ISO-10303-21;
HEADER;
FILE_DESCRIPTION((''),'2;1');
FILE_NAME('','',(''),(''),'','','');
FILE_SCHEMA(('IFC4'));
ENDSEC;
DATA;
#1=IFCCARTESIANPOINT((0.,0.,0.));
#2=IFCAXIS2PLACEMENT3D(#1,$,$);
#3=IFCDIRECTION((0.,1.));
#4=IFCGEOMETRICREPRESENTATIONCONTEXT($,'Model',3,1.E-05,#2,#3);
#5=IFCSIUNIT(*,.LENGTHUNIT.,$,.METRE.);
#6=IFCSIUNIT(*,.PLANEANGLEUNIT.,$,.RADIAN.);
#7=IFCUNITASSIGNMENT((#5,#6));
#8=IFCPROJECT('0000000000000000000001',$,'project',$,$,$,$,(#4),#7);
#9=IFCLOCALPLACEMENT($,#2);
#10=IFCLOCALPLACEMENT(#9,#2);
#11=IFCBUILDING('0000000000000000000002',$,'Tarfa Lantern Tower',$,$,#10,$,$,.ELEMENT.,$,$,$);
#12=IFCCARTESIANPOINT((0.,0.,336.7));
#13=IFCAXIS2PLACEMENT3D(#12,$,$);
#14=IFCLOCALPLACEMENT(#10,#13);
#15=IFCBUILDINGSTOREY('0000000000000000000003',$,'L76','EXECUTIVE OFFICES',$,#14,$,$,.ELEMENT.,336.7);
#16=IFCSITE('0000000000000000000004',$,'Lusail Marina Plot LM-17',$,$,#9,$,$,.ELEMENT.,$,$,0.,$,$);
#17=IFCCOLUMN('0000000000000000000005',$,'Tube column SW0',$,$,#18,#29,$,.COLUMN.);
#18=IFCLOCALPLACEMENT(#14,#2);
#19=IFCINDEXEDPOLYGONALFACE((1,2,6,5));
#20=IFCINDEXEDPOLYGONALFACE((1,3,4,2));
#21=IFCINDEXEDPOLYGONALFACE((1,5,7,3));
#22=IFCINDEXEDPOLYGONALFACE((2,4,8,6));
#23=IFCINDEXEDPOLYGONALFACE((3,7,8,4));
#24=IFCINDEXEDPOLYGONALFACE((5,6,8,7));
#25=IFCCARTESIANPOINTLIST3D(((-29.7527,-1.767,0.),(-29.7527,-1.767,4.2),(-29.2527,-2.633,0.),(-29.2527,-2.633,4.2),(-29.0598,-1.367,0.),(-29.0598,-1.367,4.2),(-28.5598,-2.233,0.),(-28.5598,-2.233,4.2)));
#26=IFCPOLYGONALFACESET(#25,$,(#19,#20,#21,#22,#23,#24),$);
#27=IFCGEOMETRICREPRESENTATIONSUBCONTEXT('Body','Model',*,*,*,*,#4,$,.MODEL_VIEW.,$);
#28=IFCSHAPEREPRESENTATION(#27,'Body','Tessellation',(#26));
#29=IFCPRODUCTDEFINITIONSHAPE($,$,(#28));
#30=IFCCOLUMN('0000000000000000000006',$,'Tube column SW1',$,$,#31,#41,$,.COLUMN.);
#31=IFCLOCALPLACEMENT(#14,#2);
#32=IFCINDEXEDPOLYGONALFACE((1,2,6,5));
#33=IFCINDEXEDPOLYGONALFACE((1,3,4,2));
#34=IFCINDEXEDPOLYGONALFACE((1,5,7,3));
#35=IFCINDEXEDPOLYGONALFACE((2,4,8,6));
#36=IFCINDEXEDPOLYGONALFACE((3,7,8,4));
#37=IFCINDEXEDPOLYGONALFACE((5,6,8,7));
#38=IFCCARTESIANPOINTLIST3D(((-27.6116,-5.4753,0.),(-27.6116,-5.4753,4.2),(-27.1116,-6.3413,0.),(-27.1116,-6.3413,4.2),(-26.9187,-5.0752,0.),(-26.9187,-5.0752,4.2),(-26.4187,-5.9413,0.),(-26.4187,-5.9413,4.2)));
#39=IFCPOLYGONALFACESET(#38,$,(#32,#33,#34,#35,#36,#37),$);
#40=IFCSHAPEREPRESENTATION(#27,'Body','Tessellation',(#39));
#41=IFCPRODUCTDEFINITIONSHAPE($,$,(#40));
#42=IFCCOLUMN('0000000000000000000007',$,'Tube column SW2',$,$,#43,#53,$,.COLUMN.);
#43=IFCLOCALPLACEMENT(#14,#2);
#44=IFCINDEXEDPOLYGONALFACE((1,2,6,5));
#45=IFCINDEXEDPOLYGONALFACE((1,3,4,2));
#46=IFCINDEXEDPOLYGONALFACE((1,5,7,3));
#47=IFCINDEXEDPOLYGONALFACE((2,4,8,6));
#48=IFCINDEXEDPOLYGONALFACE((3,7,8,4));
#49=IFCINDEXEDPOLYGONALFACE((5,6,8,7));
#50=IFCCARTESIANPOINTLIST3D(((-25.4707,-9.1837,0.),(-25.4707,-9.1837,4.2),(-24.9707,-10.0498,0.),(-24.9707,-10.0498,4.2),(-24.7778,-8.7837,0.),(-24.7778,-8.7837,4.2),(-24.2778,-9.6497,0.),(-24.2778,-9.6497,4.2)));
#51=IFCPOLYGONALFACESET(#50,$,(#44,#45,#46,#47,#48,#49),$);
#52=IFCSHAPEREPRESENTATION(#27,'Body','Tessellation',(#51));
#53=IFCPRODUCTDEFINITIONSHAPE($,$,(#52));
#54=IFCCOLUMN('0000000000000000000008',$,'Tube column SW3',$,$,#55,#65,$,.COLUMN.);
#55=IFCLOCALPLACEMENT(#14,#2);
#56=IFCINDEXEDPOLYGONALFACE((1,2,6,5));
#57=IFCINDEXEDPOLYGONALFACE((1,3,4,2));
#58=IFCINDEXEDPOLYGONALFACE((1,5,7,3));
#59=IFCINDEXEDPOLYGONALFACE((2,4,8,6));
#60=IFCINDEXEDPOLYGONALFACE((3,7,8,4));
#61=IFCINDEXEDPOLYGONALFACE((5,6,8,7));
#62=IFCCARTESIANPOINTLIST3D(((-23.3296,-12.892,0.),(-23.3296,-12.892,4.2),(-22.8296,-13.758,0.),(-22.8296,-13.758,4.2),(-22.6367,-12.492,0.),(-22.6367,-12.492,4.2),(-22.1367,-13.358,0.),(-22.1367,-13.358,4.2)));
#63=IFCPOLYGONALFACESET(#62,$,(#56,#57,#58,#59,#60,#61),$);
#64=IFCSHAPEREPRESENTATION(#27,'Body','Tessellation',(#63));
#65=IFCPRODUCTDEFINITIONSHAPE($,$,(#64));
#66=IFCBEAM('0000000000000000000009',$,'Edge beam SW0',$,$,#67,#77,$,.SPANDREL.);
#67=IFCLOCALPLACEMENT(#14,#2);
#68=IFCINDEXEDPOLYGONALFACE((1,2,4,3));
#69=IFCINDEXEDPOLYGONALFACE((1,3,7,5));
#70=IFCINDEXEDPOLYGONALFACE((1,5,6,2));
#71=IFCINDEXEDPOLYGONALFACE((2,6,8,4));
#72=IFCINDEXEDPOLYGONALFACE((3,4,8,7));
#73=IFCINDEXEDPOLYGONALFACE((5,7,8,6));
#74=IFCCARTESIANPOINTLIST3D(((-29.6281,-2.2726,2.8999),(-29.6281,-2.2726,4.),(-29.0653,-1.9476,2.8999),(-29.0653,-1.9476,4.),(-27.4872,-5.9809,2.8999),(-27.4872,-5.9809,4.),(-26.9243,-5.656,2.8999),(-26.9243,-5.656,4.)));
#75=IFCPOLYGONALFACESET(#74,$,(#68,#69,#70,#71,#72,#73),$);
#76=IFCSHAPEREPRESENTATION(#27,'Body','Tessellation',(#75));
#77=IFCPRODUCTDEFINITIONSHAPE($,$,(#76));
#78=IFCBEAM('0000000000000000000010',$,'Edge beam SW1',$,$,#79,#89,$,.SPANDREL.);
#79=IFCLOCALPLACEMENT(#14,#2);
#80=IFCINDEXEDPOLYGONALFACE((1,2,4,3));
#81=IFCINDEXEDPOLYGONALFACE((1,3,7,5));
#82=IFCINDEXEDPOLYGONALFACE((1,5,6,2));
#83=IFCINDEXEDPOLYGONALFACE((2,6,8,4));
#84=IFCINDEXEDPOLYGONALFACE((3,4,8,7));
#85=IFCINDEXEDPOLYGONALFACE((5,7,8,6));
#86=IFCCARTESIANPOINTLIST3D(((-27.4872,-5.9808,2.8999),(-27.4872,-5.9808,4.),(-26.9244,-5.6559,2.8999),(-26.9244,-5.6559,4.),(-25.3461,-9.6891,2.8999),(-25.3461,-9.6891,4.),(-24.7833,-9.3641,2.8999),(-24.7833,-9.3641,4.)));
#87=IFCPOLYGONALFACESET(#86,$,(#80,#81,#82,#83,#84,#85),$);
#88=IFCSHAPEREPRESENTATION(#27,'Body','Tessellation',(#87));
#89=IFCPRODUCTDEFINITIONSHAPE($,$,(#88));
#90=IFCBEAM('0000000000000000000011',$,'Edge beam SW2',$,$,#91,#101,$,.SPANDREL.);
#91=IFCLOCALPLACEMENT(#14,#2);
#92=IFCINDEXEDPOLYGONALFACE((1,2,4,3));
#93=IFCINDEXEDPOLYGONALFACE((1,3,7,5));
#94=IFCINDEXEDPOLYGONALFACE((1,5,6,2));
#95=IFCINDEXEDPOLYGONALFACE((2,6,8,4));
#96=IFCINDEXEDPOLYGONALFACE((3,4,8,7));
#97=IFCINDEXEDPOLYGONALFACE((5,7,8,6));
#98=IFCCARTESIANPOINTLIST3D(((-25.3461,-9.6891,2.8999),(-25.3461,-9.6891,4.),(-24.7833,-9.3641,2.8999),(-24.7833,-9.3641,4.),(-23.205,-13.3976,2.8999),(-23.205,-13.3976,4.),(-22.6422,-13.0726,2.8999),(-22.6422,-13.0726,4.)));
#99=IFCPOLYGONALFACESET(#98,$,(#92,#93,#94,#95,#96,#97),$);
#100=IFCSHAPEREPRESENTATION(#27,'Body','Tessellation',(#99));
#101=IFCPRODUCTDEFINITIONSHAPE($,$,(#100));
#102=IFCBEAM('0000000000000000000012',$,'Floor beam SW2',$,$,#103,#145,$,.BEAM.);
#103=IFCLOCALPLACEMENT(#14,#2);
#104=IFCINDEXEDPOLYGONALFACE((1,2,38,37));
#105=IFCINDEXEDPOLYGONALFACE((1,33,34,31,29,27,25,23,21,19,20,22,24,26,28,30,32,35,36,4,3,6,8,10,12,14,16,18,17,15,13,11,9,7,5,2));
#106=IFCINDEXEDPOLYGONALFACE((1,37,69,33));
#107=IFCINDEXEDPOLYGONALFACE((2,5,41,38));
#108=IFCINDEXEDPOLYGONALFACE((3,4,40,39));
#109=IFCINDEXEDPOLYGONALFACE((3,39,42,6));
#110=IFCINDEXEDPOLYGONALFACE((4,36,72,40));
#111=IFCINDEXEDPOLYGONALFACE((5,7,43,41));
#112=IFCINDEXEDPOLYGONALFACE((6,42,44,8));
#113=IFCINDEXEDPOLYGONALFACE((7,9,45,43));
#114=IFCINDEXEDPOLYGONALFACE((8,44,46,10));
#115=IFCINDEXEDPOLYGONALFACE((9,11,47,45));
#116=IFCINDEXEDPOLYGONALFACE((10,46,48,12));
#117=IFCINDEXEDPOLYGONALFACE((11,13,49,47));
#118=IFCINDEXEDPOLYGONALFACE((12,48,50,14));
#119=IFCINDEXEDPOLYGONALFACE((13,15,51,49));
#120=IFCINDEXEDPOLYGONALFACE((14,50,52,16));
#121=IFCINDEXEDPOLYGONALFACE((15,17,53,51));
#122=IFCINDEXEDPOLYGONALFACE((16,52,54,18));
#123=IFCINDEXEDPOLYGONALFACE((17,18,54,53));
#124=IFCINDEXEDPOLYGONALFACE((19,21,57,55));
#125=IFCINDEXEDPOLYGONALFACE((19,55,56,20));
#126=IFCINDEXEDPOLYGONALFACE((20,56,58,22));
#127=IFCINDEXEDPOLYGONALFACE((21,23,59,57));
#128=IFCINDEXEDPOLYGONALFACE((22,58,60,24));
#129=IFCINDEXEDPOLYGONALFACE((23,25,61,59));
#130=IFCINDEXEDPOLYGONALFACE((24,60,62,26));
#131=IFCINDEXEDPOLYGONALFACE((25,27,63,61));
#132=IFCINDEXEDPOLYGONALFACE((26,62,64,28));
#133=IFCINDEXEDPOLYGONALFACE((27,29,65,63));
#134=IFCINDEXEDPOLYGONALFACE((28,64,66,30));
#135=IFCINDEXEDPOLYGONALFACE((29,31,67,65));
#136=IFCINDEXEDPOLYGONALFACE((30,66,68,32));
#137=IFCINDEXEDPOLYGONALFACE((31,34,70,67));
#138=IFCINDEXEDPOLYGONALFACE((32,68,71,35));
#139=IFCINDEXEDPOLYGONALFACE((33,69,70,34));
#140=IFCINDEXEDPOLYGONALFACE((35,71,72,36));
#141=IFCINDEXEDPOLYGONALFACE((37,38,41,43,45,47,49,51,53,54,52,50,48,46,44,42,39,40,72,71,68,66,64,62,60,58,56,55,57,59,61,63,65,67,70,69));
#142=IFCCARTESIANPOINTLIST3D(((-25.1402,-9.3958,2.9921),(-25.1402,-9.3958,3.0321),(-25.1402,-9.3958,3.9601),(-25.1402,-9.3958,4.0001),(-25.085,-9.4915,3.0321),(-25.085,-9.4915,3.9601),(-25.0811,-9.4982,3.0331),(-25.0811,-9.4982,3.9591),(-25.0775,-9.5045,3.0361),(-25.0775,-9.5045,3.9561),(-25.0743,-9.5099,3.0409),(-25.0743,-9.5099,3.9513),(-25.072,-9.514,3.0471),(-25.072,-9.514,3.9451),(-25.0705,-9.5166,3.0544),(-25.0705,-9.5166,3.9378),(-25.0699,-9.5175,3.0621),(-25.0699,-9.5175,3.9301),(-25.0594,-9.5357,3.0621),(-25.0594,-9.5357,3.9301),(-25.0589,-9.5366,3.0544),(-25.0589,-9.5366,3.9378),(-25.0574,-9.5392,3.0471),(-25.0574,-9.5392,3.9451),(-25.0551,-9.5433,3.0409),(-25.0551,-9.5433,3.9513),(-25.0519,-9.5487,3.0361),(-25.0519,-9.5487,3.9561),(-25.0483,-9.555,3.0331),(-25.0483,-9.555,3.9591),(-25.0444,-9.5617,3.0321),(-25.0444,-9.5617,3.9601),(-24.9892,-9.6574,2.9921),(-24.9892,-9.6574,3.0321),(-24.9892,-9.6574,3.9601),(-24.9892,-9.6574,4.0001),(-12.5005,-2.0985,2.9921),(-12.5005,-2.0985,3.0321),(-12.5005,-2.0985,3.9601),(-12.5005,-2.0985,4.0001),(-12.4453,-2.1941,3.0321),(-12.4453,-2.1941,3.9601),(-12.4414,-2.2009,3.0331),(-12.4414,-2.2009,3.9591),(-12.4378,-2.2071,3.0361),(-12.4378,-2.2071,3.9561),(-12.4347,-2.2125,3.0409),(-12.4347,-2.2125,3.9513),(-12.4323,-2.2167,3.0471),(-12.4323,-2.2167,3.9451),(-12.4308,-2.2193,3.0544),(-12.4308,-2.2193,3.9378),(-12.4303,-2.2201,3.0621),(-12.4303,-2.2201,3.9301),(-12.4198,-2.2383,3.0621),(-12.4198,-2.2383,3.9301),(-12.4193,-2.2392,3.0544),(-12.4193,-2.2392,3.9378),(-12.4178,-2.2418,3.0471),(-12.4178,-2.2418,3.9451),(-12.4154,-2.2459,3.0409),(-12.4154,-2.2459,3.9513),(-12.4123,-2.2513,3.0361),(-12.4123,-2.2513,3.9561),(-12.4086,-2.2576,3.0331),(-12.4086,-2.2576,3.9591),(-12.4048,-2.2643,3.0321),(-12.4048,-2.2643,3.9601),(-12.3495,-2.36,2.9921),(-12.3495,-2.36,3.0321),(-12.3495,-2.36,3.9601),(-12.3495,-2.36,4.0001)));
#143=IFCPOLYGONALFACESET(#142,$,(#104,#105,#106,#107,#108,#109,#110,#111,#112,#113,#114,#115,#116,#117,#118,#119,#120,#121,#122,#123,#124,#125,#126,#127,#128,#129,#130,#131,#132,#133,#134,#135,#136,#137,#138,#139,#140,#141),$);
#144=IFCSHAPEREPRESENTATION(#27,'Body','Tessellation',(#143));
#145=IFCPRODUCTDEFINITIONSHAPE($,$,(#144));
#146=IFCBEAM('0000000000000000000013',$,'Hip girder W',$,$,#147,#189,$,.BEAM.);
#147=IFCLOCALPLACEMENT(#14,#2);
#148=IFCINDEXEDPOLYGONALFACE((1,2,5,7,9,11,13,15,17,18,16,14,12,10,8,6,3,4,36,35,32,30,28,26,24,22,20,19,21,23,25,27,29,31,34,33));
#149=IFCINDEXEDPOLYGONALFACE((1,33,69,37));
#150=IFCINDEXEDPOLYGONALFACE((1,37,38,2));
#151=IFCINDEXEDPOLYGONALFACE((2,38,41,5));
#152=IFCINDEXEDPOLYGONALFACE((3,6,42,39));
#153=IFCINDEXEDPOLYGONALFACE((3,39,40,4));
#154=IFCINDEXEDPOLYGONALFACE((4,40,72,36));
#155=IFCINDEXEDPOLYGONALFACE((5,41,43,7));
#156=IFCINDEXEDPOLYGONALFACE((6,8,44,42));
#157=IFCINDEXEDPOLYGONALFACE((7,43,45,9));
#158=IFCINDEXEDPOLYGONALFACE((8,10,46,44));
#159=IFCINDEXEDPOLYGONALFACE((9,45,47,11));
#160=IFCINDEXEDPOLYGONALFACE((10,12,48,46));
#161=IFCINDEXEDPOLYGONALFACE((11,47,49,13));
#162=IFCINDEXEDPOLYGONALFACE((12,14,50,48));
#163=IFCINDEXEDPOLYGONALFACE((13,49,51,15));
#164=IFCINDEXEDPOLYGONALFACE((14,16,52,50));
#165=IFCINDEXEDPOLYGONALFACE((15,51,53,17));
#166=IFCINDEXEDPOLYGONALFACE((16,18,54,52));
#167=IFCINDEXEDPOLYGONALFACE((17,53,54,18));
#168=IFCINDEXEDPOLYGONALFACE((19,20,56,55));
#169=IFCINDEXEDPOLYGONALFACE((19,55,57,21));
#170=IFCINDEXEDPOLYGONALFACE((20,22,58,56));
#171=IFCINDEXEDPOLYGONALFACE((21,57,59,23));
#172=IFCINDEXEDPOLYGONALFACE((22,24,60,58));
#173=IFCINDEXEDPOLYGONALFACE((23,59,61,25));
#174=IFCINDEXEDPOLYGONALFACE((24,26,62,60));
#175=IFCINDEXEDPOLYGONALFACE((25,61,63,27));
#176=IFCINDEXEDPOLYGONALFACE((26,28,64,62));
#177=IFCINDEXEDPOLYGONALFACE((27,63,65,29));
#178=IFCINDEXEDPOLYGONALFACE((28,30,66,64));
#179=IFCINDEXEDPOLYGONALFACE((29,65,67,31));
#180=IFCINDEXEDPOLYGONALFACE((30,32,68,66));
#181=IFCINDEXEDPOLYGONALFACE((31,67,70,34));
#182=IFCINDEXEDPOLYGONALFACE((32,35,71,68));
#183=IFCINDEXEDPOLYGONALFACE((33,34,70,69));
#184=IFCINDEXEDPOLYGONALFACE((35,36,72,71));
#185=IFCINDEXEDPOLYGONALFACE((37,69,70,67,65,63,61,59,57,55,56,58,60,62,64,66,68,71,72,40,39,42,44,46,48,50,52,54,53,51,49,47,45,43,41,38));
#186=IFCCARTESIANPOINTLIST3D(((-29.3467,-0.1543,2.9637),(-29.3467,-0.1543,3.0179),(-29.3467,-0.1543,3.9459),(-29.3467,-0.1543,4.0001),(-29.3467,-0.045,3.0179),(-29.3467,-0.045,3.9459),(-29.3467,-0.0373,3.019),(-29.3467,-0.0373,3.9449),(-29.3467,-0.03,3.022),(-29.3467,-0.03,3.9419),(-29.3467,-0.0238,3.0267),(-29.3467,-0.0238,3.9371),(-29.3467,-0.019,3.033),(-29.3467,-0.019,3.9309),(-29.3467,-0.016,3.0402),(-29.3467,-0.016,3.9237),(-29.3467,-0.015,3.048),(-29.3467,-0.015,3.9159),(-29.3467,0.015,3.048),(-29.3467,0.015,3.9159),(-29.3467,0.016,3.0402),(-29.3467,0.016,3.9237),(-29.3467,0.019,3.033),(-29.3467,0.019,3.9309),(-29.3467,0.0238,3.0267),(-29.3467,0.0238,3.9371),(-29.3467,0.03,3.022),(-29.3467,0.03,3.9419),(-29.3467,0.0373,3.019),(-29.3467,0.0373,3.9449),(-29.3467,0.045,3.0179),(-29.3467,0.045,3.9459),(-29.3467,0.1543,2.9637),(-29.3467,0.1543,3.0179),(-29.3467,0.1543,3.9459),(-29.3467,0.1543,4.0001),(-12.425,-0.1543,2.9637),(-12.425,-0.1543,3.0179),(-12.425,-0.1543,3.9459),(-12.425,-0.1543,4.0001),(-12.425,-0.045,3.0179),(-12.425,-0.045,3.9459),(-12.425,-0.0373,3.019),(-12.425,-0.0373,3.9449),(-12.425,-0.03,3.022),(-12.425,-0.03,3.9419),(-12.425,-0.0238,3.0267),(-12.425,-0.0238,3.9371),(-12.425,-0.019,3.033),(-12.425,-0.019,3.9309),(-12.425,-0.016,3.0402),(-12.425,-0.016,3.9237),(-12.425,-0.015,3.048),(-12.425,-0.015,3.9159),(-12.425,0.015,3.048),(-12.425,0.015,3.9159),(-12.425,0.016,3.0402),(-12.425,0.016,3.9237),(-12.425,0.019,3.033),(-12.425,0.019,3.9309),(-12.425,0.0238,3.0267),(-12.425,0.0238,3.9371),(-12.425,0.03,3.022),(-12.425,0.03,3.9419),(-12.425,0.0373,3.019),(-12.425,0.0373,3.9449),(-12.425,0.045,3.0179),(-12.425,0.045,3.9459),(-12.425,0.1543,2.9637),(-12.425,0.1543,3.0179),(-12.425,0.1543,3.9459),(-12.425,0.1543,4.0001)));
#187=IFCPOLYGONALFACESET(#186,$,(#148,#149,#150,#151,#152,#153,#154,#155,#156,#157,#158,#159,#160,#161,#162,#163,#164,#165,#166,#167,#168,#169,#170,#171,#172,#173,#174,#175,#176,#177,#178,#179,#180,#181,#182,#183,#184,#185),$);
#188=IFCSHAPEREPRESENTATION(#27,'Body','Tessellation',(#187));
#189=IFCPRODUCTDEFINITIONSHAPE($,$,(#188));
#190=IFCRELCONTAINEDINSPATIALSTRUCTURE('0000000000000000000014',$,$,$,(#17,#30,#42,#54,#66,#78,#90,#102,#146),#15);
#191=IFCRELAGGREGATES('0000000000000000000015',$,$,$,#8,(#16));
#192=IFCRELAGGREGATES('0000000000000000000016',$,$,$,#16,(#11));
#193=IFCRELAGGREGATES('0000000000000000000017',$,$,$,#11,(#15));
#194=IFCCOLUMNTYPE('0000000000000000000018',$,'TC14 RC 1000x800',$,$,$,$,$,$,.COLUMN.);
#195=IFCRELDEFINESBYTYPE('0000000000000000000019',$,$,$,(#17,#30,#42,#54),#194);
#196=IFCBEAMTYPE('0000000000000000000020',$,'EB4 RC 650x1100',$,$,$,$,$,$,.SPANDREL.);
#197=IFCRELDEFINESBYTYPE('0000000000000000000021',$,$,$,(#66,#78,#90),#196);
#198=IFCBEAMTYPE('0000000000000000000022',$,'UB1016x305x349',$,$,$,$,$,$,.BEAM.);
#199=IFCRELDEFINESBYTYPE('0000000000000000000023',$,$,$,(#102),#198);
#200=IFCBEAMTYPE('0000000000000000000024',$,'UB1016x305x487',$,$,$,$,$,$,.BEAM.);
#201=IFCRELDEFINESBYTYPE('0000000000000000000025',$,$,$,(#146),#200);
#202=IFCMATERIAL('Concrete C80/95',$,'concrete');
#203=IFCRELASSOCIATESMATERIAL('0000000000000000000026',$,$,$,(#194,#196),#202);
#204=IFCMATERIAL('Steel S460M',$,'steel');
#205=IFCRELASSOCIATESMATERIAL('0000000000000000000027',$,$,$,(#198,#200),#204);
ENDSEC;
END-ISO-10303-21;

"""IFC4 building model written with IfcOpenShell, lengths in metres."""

from ifc_helpers import new_model, si_unit, direction, frame, origin, origin_2d, place, context, subcontext, project, spatial, rectangle, i_section, extrude, material, material_profile, profile_set, type_object, element, save


model = new_model("IFC4")

# Units and contexts
model_context = context("Model", 3, precision=1e-05, world=origin(), true_north=direction((0.0, 1.0)))
body_context = subcontext(model_context, "Body", "Model", "MODEL_VIEW")
ifc_project = project(units=[si_unit("LENGTHUNIT", "METRE"), si_unit("PLANEANGLEUNIT", "RADIAN")], contexts=[model_context])

# Site, building, storey
site_placement = place(None, origin())
site = spatial("IfcSite", under=ifc_project, at=site_placement, Name="Lusail Marina Plot LM-17", CompositionType="ELEMENT", RefElevation=0.0)
building_placement = place(site_placement, origin())
building = spatial("IfcBuilding", under=site, at=building_placement, Name="Tarfa Lantern Tower", CompositionType="ELEMENT")
storey_placement = place(building_placement, frame((0.0, 0.0, 336.7)))
storey = spatial("IfcBuildingStorey", under=building, at=storey_placement, Name="L76", Description="EXECUTIVE OFFICES", CompositionType="ELEMENT", Elevation=336.7)

# Columns
ifc_material_1 = material(Name="Concrete C80/95", Category="concrete")
ifc_material_profile_1 = material_profile(ifc_material_1, rectangle(XDim=1.0, YDim=0.8, at=origin_2d()), Name="RC 1000x800")
ifc_profile_set_1 = profile_set([ifc_material_profile_1], Name="Concrete C80/95")
column_type = type_object("IfcColumnType", Name="TC14 RC 1000x800", PredefinedType="COLUMN", material=ifc_profile_set_1)
for number, where, z_axis, x_axis, name in (
    (1, (-29.1562, -2.0, 0.0), (0.0, 0.0, 1.0), (0.5, -0.866025, 0.0), "Tube column SW0"),
    (2, (-27.0151, -5.7083, 0.0), (0.0, 0.0, 1.0), (0.5, -0.866025, 0.0), "Tube column SW1"),
    (3, (-24.8743, -9.4167, 0.0), (0.0, 0.0, 1.0), (0.5, -0.866025, 0.0), "Tube column SW2"),
    (4, (-22.7332, -13.125, 0.0), (0.0, 0.0, 1.0), (0.5, -0.866025, 0.0), "Tube column SW3"),
):
    element("IfcColumn", number, at=place(storey_placement, frame(where, z_axis=z_axis, x_axis=x_axis)), inside=storey, type_object=column_type, Name=name, PredefinedType="COLUMN", context=body_context, shape_type="SweptSolid", body=[
        extrude(rectangle(XDim=1.0, YDim=0.8, at=origin_2d()), origin(), (0.0, 0.0, 1.0), 4.2),
    ])

# Beams
ifc_material_profile_2 = material_profile(ifc_material_1, rectangle(XDim=0.6499, YDim=1.1001, at=origin_2d()), Name="RC 650x1100")
ifc_profile_set_2 = profile_set([ifc_material_profile_2], Name="Concrete C80/95")
beam_type_1 = type_object("IfcBeamType", Name="EB4 RC 650x1100", PredefinedType="SPANDREL", material=ifc_profile_set_2)
for number, where, z_axis, x_axis, name in (
    (5, (-29.3467, -2.1101, 3.45), (0.499984, -0.866035, 0.0), (0.866035, 0.499984, 0.0), "Edge beam SW0"),
    (6, (-27.2058, -5.8184, 3.45), (0.500027, -0.86601, 0.0), (0.86601, 0.500027, 0.0), "Edge beam SW1"),
):
    element("IfcBeam", number, at=place(storey_placement, frame(where, z_axis=z_axis, x_axis=x_axis)), inside=storey, type_object=beam_type_1, Name=name, PredefinedType="SPANDREL", context=body_context, shape_type="SweptSolid", body=[
        extrude(rectangle(XDim=0.6499, YDim=1.1001, at=origin_2d()), origin(), (0.0, 0.0, 1.0), 4.282),
    ])
beam_1_placement = place(storey_placement, frame((-25.0647, -9.5266, 3.45), z_axis=(0.500002, -0.866024, 0.0), x_axis=(0.866024, 0.500002, 0.0)))
element("IfcBeam", 7, at=beam_1_placement, inside=storey, type_object=beam_type_1, Name="Edge beam SW2", PredefinedType="SPANDREL", context=body_context, shape_type="SweptSolid", body=[
    extrude(rectangle(XDim=0.6499, YDim=1.1001, at=origin_2d()), origin(), (0.0, 0.0, 1.0), 4.2822),
])
ifc_material_2 = material(Name="Steel S460M", Category="steel")
ifc_material_profile_3 = material_profile(ifc_material_2, i_section(OverallWidth=0.302, OverallDepth=1.0081, WebThickness=0.021, FlangeThickness=0.04, FilletRadius=0.03, at=origin_2d()), Name="UB1016x305x349")
ifc_profile_set_3 = profile_set([ifc_material_profile_3], Name="Steel S460M")
beam_type_2 = type_object("IfcBeamType", Name="UB1016x305x349", PredefinedType="BEAM", material=ifc_profile_set_3)
beam_2_placement = place(storey_placement, frame((-25.0647, -9.5266, 3.4961), z_axis=(0.86603, 0.499993, 0.0), x_axis=(-0.499993, 0.86603, 0.0)))
element("IfcBeam", 8, at=beam_2_placement, inside=storey, type_object=beam_type_2, Name="Floor beam SW2", PredefinedType="BEAM", context=body_context, shape_type="SweptSolid", body=[
    extrude(i_section(OverallWidth=0.302, OverallDepth=1.0081, WebThickness=0.021, FlangeThickness=0.04, FilletRadius=0.03, at=origin_2d()), origin(), (0.0, 0.0, 1.0), 14.595),
])
ifc_material_profile_4 = material_profile(ifc_material_2, i_section(OverallWidth=0.3086, OverallDepth=1.0364, WebThickness=0.03, FlangeThickness=0.0542, FilletRadius=0.03, at=origin_2d()), Name="UB1016x305x487")
ifc_profile_set_4 = profile_set([ifc_material_profile_4], Name="Steel S460M")
beam_type_3 = type_object("IfcBeamType", Name="UB1016x305x487", PredefinedType="BEAM", material=ifc_profile_set_4)
beam_3_placement = place(storey_placement, frame((-12.425, 0.0, 3.4819), z_axis=(-1.0, 0.0, 0.0), x_axis=(0.0, -1.0, 0.0)))
element("IfcBeam", 9, at=beam_3_placement, inside=storey, type_object=beam_type_3, Name="Hip girder W", PredefinedType="BEAM", context=body_context, shape_type="SweptSolid", body=[
    extrude(i_section(OverallWidth=0.3086, OverallDepth=1.0364, WebThickness=0.03, FlangeThickness=0.0542, FilletRadius=0.03, at=origin_2d()), origin(), (0.0, 0.0, 1.0), 16.9216),
])

save(model, "model.ifc")
